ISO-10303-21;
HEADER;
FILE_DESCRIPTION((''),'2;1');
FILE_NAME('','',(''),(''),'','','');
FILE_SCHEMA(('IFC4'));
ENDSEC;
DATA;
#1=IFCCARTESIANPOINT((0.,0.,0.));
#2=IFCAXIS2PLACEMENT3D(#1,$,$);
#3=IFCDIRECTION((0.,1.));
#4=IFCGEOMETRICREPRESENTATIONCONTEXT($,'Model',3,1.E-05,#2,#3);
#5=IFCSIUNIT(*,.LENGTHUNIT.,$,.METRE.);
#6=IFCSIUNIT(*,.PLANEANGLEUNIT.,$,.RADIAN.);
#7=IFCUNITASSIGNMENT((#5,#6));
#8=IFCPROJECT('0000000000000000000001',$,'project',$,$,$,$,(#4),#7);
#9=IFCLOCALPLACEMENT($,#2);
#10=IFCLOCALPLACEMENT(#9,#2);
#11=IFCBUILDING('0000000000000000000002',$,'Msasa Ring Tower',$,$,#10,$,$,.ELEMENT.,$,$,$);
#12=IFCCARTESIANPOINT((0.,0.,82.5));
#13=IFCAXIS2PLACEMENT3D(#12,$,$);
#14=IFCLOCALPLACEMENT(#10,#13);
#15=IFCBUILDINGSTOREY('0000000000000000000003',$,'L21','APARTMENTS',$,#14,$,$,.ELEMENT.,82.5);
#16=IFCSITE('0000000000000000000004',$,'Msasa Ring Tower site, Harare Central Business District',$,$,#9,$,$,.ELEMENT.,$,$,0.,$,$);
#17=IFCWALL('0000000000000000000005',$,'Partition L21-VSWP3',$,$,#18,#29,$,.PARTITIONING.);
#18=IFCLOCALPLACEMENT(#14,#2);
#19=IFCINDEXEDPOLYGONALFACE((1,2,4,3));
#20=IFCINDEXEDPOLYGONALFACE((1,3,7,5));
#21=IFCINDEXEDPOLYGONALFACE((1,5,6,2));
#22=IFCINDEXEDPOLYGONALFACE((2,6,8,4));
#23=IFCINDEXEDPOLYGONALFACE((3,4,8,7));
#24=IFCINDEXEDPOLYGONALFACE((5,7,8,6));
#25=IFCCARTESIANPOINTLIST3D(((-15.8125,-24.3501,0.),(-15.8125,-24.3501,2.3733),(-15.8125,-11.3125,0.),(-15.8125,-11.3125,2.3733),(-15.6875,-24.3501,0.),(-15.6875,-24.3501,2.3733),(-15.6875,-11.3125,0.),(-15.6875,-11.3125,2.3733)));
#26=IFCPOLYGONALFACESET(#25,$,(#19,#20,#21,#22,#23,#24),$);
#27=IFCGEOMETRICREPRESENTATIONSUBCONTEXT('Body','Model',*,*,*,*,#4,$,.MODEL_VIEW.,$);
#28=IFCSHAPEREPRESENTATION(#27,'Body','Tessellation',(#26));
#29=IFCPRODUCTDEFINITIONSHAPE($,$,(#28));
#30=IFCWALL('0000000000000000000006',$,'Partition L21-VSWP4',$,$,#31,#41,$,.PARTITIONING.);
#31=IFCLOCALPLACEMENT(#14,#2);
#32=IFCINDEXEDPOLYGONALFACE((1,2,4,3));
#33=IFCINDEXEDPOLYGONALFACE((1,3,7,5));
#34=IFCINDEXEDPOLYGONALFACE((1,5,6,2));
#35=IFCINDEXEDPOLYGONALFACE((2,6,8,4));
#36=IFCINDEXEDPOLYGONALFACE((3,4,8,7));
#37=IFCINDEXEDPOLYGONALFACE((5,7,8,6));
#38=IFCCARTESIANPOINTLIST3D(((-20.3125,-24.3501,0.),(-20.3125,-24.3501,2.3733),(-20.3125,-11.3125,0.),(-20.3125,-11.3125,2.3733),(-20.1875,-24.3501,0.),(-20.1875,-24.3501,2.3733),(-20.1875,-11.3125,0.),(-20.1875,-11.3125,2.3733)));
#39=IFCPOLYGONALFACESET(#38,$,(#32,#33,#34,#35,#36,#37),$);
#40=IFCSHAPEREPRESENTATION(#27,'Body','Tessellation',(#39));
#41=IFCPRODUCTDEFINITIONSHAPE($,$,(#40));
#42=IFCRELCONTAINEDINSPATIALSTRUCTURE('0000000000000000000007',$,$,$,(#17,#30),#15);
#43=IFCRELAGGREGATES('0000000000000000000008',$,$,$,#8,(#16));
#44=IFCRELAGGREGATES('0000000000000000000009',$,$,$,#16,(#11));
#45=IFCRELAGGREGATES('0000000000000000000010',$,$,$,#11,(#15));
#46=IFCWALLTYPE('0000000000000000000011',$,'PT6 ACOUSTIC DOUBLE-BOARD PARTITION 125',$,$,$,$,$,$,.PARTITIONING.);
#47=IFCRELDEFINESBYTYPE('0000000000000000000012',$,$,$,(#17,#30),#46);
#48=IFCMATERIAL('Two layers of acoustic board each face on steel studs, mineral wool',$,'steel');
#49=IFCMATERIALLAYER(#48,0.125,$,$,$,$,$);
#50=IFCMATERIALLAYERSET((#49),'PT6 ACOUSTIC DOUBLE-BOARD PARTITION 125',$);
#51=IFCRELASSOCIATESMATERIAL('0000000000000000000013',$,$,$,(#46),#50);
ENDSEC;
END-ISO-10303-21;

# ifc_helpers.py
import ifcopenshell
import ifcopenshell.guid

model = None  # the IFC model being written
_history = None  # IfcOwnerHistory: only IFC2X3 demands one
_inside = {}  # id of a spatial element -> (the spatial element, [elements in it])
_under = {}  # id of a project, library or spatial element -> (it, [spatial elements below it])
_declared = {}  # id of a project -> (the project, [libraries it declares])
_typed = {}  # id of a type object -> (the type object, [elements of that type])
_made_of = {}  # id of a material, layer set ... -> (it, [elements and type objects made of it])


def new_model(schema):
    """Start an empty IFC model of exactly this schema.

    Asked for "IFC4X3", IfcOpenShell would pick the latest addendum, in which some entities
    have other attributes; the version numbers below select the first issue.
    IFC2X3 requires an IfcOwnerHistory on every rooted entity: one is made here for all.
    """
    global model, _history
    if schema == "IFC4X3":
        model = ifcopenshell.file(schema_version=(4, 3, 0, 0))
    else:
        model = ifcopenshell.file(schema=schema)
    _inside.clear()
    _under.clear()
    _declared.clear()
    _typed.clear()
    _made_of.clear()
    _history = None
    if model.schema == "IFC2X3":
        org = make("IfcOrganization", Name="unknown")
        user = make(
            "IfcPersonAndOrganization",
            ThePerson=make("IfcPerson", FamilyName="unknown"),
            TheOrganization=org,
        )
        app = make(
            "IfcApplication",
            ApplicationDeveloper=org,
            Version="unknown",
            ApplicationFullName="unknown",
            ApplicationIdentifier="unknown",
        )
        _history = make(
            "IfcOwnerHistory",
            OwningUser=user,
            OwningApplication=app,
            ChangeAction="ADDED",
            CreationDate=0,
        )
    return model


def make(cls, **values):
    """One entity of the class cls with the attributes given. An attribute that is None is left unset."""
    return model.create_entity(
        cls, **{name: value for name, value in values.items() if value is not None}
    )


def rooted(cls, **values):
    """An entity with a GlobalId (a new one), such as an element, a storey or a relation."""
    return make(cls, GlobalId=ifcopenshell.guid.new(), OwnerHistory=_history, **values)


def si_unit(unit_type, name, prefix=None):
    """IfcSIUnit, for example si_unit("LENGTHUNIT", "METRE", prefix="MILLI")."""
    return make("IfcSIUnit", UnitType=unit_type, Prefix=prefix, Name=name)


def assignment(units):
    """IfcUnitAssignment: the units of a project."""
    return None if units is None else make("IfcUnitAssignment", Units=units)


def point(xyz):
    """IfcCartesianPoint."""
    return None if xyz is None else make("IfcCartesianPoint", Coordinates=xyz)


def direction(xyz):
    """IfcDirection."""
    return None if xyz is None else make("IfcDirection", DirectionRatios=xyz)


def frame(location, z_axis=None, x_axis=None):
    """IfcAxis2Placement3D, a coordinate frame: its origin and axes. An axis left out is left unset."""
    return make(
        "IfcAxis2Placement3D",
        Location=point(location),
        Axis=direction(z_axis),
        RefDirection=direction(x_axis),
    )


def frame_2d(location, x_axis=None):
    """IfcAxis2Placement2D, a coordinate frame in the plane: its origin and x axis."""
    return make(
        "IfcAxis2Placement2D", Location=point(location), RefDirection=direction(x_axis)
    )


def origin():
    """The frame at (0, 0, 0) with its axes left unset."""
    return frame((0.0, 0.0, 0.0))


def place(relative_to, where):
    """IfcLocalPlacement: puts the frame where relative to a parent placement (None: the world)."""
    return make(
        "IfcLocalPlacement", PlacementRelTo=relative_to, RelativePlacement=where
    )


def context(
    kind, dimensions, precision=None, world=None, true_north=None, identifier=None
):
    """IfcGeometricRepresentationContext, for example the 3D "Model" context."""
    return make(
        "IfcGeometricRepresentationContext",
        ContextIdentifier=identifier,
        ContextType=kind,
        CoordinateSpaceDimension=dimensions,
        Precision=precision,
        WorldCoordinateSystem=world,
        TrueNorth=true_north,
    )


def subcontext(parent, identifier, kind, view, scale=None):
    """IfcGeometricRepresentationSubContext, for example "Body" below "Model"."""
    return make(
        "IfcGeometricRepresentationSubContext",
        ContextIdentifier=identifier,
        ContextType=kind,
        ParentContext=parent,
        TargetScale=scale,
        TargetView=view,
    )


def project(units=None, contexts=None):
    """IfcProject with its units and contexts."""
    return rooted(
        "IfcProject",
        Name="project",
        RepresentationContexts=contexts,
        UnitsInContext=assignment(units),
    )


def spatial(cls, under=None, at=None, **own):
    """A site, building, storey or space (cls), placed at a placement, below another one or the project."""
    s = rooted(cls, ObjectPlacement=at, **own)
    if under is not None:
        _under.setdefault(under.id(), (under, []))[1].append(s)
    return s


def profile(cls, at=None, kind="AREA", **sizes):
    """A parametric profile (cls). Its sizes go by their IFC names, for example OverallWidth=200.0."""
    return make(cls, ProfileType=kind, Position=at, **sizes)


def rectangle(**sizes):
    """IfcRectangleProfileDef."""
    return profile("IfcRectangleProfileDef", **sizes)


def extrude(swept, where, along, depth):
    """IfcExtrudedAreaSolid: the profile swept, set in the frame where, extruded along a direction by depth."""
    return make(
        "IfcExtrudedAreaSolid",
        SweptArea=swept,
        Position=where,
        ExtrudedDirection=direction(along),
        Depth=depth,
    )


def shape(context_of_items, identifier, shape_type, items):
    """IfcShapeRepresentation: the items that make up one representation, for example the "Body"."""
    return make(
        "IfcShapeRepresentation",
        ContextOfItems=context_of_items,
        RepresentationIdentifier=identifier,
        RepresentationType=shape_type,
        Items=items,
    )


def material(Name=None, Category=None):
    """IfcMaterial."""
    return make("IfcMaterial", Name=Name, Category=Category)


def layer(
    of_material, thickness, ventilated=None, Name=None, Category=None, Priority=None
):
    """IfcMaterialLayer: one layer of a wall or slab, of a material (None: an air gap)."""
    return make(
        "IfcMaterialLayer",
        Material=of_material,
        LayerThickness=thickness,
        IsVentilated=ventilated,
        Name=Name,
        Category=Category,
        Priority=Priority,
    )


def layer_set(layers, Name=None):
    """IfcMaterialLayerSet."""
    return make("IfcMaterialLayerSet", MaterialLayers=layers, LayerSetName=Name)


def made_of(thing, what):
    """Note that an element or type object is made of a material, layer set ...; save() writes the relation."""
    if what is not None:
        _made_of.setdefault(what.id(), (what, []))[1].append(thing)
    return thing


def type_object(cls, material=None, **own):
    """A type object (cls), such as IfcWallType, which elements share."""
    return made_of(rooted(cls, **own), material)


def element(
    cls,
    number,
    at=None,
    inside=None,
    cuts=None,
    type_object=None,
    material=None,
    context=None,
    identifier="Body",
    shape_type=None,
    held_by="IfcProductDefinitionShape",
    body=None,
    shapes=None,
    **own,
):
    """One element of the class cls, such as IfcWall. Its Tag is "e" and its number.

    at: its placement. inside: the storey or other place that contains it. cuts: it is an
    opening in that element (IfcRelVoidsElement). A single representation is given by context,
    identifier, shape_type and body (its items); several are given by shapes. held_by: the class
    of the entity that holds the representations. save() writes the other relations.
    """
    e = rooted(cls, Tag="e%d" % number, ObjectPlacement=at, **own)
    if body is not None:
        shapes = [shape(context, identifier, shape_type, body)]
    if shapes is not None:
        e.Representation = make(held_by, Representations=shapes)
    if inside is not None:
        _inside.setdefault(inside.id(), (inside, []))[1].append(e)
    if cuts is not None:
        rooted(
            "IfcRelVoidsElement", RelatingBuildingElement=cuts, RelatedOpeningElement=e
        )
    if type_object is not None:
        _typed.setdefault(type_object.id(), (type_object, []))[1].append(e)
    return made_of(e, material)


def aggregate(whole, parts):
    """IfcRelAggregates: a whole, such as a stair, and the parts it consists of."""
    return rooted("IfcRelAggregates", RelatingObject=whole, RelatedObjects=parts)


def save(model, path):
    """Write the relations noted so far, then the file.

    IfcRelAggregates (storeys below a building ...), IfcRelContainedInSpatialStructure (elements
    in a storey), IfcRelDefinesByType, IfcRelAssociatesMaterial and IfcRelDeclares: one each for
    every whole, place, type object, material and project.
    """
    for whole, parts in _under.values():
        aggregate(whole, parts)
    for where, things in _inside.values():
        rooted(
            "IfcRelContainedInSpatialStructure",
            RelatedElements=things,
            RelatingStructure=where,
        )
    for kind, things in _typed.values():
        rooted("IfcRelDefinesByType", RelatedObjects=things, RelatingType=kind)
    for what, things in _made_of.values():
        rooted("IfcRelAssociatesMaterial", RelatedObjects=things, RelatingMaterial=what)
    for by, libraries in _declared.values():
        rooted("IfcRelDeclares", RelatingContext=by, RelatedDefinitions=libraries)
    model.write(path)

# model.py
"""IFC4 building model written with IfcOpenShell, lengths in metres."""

from ifc_helpers import new_model, si_unit, direction, frame, frame_2d, origin, place, context, subcontext, project, spatial, rectangle, extrude, material, layer, layer_set, type_object, element, save


model = new_model("IFC4")

# Units and contexts
model_context = context("Model", 3, precision=1e-05, world=origin(), true_north=direction((0.0, 1.0)))
body_context = subcontext(model_context, "Body", "Model", "MODEL_VIEW")
ifc_project = project(units=[si_unit("LENGTHUNIT", "METRE"), si_unit("PLANEANGLEUNIT", "RADIAN")], contexts=[model_context])

# Site, building, storey
site_placement = place(None, origin())
site = spatial("IfcSite", under=ifc_project, at=site_placement, Name="Msasa Ring Tower site, Harare Central Business District", CompositionType="ELEMENT", RefElevation=0.0)
building_placement = place(site_placement, origin())
building = spatial("IfcBuilding", under=site, at=building_placement, Name="Msasa Ring Tower", CompositionType="ELEMENT")
storey_placement = place(building_placement, frame((0.0, 0.0, 82.5)))
storey = spatial("IfcBuildingStorey", under=building, at=storey_placement, Name="L21", Description="APARTMENTS", CompositionType="ELEMENT", Elevation=82.5)

# Walls
ifc_material_1 = material(Name="Two layers of acoustic board each face on steel studs, mineral wool", Category="steel")
ifc_layer_1 = layer(ifc_material_1, 0.125)
ifc_layer_set_1 = layer_set([ifc_layer_1], Name="PT6 ACOUSTIC DOUBLE-BOARD PARTITION 125")
wall_type_1 = type_object("IfcWallType", Name="PT6 ACOUSTIC DOUBLE-BOARD PARTITION 125", PredefinedType="PARTITIONING", material=ifc_layer_set_1)
for number, where, z_axis, x_axis, name in (
    (1, (-15.75, -24.3501, 0.0), (0.0, 0.0, 1.0), (0.0, 1.0, 0.0), "Partition L21-VSWP3"),
    (2, (-20.25, -24.3501, 0.0), (0.0, 0.0, 1.0), (0.0, 1.0, 0.0), "Partition L21-VSWP4"),
):
    element("IfcWall", number, at=place(storey_placement, frame(where, z_axis=z_axis, x_axis=x_axis)), inside=storey, type_object=wall_type_1, Name=name, PredefinedType="PARTITIONING", context=body_context, shape_type="SweptSolid", body=[
        extrude(rectangle(XDim=13.0376, YDim=0.125, at=frame_2d((6.5188, 0.0))), origin(), (0.0, 0.0, 1.0), 2.3733),
    ])

save(model, "model.ifc")
